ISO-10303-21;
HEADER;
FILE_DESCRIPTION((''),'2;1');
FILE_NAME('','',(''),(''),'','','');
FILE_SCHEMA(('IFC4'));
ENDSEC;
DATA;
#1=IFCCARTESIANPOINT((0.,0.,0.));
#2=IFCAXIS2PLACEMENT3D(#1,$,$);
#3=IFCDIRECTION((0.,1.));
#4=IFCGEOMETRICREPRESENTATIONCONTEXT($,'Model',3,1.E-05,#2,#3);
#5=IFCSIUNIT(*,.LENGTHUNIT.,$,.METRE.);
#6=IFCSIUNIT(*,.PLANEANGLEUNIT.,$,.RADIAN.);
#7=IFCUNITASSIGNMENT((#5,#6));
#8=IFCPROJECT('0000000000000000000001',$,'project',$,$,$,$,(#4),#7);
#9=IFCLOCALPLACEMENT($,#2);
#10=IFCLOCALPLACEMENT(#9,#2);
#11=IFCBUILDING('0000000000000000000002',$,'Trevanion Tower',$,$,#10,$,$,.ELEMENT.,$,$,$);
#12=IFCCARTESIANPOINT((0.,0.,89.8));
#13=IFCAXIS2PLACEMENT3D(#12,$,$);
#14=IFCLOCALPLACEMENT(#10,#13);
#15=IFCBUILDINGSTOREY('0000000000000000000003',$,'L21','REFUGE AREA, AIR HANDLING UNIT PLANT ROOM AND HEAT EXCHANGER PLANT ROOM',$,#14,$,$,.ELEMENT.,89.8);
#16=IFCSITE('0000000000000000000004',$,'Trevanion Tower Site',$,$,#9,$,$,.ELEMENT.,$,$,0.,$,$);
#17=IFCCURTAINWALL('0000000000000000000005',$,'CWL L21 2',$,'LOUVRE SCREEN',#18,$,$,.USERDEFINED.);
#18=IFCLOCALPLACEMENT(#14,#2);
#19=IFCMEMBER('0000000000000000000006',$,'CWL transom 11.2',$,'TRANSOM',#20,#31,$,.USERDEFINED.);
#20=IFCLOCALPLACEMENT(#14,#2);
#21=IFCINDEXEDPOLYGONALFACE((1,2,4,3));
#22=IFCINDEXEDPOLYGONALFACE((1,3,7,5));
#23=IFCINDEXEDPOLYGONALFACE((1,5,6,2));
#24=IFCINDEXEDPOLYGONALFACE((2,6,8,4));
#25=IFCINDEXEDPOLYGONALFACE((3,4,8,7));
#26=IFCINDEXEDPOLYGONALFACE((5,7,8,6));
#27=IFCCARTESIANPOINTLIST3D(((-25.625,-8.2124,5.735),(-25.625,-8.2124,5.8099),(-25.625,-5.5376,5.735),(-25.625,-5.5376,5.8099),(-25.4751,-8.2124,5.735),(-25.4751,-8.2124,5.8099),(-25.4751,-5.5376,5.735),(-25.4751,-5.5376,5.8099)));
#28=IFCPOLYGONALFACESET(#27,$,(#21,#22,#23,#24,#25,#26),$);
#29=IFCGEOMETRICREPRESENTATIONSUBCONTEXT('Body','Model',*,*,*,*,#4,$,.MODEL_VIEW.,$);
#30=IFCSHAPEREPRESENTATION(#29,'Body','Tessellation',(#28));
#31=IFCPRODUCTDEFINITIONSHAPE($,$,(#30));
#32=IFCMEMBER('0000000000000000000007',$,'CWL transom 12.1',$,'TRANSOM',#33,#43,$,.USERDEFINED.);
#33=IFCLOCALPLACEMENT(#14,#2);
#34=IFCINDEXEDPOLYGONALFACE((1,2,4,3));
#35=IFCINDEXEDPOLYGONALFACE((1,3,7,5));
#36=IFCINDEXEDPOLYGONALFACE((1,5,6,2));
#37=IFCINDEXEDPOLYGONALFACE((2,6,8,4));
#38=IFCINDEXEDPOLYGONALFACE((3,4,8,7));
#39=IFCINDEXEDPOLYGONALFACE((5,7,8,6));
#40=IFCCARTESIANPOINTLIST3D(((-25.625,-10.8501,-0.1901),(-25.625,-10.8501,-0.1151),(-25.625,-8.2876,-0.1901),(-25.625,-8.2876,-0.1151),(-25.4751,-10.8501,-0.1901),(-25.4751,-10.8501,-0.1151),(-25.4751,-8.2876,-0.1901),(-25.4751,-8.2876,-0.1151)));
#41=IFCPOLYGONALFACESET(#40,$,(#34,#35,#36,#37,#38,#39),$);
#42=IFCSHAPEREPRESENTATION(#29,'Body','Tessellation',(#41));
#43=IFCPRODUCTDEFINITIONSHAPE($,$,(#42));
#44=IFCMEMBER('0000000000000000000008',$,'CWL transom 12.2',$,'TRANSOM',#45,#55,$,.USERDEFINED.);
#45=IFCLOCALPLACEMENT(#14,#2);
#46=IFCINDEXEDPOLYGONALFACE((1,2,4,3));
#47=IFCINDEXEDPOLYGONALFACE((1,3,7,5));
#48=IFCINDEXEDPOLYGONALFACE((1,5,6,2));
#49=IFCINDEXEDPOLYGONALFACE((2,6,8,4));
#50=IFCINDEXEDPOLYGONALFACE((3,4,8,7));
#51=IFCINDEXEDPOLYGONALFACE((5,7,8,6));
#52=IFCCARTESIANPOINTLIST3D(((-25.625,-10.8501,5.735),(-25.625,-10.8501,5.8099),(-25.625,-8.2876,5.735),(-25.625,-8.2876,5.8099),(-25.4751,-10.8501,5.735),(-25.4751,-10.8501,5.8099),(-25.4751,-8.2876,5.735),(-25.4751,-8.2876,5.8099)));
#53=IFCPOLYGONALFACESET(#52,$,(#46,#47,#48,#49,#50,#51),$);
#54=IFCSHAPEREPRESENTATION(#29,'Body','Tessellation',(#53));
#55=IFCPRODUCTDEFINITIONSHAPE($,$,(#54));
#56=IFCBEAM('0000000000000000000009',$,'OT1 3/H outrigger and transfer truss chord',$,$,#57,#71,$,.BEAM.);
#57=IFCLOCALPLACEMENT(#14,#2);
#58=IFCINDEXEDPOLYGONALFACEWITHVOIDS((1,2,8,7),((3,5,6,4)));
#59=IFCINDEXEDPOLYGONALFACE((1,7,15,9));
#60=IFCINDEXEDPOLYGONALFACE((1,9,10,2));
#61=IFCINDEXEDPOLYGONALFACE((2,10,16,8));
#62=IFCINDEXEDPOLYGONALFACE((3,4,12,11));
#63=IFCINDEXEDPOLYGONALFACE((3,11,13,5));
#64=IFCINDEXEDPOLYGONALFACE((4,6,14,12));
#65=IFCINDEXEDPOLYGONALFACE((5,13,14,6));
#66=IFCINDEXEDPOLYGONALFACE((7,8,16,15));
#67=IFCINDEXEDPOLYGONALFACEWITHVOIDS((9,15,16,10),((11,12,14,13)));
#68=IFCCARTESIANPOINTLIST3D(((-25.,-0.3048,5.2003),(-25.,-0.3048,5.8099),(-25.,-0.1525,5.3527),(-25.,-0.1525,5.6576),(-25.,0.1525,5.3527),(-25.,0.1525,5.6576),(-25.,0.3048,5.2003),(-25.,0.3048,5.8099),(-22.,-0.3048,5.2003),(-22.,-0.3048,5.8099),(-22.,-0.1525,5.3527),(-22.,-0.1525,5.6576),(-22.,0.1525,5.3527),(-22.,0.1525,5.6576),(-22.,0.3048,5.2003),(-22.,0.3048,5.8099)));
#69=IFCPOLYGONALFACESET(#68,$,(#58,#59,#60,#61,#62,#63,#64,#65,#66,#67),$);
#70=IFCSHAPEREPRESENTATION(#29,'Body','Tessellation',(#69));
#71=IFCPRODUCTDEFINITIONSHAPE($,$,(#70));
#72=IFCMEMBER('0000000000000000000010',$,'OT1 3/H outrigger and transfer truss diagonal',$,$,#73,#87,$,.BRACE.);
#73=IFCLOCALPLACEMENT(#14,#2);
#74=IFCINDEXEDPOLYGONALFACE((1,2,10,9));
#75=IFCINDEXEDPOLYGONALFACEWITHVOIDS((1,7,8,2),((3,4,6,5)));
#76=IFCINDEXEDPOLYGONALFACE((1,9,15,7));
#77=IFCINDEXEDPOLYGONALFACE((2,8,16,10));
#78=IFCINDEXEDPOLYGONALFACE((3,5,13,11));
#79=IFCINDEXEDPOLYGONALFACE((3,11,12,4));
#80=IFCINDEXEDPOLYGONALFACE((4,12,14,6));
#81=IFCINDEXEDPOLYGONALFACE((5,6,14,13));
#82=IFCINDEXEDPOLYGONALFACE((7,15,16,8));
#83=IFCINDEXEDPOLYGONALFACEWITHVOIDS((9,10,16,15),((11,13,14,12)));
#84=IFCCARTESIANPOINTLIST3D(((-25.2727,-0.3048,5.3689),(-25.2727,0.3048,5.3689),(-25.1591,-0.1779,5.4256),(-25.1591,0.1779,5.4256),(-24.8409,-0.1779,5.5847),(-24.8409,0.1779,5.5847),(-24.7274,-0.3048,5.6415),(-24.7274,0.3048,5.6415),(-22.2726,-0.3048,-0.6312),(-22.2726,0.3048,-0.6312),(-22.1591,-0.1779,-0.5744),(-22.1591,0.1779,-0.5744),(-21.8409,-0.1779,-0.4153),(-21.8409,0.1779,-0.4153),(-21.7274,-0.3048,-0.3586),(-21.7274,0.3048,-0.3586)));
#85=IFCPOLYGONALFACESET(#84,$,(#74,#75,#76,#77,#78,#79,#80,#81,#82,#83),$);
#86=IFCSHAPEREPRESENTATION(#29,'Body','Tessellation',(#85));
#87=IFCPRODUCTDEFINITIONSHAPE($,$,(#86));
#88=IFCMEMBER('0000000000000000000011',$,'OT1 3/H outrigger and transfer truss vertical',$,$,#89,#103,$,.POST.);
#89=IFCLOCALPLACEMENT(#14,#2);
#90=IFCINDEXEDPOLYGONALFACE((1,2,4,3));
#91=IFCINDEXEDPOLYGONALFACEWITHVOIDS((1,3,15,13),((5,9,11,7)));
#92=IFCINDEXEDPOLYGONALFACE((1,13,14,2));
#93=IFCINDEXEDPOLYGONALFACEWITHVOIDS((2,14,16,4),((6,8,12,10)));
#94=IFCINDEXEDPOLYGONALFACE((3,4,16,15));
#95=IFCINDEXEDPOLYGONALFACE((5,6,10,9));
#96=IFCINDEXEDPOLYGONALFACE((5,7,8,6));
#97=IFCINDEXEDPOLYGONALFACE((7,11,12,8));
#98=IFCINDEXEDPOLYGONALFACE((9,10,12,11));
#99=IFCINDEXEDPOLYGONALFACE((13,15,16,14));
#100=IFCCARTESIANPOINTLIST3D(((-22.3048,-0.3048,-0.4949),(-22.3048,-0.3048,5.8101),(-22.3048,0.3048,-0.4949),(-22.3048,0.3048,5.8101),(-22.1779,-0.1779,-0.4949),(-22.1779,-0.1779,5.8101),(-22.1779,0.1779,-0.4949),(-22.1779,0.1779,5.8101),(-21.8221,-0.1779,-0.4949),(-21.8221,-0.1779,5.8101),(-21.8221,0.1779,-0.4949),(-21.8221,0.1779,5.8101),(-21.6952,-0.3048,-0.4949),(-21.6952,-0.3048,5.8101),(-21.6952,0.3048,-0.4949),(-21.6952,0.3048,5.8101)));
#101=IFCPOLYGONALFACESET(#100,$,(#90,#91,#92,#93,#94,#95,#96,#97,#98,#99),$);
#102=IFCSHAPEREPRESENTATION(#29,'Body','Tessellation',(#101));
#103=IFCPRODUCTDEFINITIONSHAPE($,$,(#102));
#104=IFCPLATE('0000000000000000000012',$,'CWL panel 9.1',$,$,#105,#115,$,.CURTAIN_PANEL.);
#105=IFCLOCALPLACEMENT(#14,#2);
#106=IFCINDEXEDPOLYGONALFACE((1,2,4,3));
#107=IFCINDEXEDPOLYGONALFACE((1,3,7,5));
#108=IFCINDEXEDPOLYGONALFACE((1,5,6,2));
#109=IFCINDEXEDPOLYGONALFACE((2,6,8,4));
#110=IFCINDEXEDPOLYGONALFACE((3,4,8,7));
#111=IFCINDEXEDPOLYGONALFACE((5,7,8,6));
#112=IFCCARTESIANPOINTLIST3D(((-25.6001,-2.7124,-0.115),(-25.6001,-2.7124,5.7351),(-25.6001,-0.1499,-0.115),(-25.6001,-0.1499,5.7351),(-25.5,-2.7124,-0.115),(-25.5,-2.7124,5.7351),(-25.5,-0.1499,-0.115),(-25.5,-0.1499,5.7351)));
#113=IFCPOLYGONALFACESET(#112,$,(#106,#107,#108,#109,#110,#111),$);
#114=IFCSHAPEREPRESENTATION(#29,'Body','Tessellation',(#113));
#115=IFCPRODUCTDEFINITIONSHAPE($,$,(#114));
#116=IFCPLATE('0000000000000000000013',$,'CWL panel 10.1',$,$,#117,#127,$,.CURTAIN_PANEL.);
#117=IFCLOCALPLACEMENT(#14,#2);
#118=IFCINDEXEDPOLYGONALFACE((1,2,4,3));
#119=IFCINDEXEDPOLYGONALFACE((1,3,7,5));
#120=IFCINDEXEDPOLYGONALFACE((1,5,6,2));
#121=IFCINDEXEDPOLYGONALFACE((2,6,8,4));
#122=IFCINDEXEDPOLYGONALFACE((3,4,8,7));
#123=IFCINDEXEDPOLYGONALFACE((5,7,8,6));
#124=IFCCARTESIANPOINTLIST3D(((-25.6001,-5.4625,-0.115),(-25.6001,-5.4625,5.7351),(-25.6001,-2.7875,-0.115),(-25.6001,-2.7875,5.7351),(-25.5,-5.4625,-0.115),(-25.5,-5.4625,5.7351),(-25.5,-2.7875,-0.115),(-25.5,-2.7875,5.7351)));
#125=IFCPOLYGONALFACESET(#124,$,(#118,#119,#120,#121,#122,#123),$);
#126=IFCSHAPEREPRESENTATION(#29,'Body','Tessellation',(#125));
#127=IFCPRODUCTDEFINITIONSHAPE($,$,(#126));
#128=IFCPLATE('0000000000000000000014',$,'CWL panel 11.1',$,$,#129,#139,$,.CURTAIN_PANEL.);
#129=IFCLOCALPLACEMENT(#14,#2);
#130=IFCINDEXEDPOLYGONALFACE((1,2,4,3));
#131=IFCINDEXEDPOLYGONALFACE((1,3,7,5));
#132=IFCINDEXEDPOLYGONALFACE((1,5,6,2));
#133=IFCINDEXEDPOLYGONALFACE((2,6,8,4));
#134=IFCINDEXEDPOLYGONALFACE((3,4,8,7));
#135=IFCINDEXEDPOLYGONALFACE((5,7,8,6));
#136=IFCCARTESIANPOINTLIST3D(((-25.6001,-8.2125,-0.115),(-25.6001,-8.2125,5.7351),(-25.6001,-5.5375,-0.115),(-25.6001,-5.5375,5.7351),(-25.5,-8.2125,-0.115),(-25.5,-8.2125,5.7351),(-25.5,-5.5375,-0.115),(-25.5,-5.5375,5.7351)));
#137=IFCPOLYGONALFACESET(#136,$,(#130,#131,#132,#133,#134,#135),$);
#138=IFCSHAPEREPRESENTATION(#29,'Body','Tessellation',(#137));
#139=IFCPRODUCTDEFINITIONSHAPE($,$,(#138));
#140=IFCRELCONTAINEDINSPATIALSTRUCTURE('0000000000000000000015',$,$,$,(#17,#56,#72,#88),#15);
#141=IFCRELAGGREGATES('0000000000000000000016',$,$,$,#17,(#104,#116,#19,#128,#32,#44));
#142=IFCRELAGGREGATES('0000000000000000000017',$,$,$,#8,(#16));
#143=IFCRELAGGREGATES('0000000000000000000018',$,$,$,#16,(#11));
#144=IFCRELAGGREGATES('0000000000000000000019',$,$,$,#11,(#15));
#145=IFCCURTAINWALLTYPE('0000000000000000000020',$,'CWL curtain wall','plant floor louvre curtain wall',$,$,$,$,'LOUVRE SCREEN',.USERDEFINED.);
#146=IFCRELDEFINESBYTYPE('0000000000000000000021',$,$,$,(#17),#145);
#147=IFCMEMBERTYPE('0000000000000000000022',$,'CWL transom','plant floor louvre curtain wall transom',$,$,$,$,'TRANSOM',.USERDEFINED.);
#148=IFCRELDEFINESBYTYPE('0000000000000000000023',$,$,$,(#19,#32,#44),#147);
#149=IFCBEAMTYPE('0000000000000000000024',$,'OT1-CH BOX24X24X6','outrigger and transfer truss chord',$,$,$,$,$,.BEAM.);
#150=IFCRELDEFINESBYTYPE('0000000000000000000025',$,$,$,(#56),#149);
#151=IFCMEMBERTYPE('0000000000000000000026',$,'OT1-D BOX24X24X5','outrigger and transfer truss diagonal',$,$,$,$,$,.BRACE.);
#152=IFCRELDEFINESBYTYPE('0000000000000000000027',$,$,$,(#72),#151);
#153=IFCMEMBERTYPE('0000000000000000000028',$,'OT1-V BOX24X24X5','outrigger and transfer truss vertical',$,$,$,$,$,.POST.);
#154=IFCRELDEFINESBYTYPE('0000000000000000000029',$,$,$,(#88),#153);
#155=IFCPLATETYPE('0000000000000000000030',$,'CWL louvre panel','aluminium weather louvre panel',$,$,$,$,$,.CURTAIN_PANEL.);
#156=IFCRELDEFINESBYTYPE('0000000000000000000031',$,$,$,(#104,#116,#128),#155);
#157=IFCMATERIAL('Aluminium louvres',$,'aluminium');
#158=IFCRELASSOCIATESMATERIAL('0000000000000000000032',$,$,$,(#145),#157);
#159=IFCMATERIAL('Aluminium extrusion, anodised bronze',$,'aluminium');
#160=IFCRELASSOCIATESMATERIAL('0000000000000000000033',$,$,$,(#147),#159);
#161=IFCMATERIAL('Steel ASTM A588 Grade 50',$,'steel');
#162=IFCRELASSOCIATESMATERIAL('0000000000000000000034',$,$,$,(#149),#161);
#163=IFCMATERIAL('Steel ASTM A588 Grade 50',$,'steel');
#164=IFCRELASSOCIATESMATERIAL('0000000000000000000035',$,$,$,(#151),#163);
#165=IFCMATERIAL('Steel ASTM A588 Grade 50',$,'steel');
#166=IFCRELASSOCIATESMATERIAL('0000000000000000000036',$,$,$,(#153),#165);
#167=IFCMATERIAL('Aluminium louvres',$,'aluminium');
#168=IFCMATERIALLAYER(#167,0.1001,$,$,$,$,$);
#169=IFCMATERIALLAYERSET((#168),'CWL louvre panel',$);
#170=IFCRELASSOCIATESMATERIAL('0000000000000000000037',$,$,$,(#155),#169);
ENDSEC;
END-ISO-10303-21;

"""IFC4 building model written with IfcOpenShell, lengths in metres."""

from ifc_helpers import new_model, si_unit, direction, frame, origin, origin_2d, place, context, subcontext, project, spatial, rectangle, hollow_rectangle, extrude, material, layer, layer_set, material_profile, profile_set, type_object, element, aggregate, save


model = new_model("IFC4")

# Units and contexts
model_context = context("Model", 3, precision=1e-05, world=origin(), true_north=direction((0.0, 1.0)))
body_context = subcontext(model_context, "Body", "Model", "MODEL_VIEW")
ifc_project = project(units=[si_unit("LENGTHUNIT", "METRE"), si_unit("PLANEANGLEUNIT", "RADIAN")], contexts=[model_context])

# Site, building, storey
site_placement = place(None, origin())
site = spatial("IfcSite", under=ifc_project, at=site_placement, Name="Trevanion Tower Site", CompositionType="ELEMENT", RefElevation=0.0)
building_placement = place(site_placement, origin())
building = spatial("IfcBuilding", under=site, at=building_placement, Name="Trevanion Tower", CompositionType="ELEMENT")
storey_placement = place(building_placement, frame((0.0, 0.0, 89.8)))
storey = spatial("IfcBuildingStorey", under=building, at=storey_placement, Name="L21", Description="REFUGE AREA, AIR HANDLING UNIT PLANT ROOM AND HEAT EXCHANGER PLANT ROOM", CompositionType="ELEMENT", Elevation=89.8)

# Curtain wall, members
ifc_material_1 = material(Name="Aluminium louvres", Category="aluminium")
curtain_wall_type = type_object("IfcCurtainWallType", Name="CWL curtain wall", Description="plant floor louvre curtain wall", ElementType="LOUVRE SCREEN", PredefinedType="USERDEFINED", material=ifc_material_1)
curtain_wall_placement = place(storey_placement, origin())
curtain_wall = element("IfcCurtainWall", 1, at=curtain_wall_placement, inside=storey, type_object=curtain_wall_type, Name="CWL L21 2", ObjectType="LOUVRE SCREEN", PredefinedType="USERDEFINED")
ifc_material_2 = material(Name="Aluminium extrusion, anodised bronze", Category="aluminium")
ifc_material_profile_1 = material_profile(ifc_material_2, rectangle(XDim=0.1499, YDim=0.075, at=origin_2d()), Name="CWL transom")
ifc_profile_set_1 = profile_set([ifc_material_profile_1], Name="Aluminium extrusion, anodised bronze")
member_type_1 = type_object("IfcMemberType", Name="CWL transom", Description="plant floor louvre curtain wall transom", ElementType="TRANSOM", PredefinedType="USERDEFINED", material=ifc_profile_set_1)
member_1_placement = place(storey_placement, frame((-25.55, -5.5376, 5.7725), z_axis=(0.0, -1.0, 0.0), x_axis=(1.0, 0.0, 0.0)))
member_1 = element("IfcMember", 2, at=member_1_placement, type_object=member_type_1, Name="CWL transom 11.2", ObjectType="TRANSOM", PredefinedType="USERDEFINED", context=body_context, shape_type="SweptSolid", body=[
    extrude(rectangle(XDim=0.1499, YDim=0.075, at=origin_2d()), origin(), (0.0, 0.0, 1.0), 2.6748),
])
member_2_placement = place(storey_placement, frame((-25.55, -8.2876, -0.1526), z_axis=(0.0, -1.0, 0.0), x_axis=(1.0, 0.0, 0.0)))
member_2 = element("IfcMember", 3, at=member_2_placement, type_object=member_type_1, Name="CWL transom 12.1", ObjectType="TRANSOM", PredefinedType="USERDEFINED", context=body_context, shape_type="SweptSolid", body=[
    extrude(rectangle(XDim=0.1499, YDim=0.075, at=origin_2d()), origin(), (0.0, 0.0, 1.0), 2.5625),
])
member_3_placement = place(storey_placement, frame((-25.55, -8.2876, 5.7725), z_axis=(0.0, -1.0, 0.0), x_axis=(1.0, 0.0, 0.0)))
member_3 = element("IfcMember", 4, at=member_3_placement, type_object=member_type_1, Name="CWL transom 12.2", ObjectType="TRANSOM", PredefinedType="USERDEFINED", context=body_context, shape_type="SweptSolid", body=[
    extrude(rectangle(XDim=0.1499, YDim=0.075, at=origin_2d()), origin(), (0.0, 0.0, 1.0), 2.5625),
])

# Beam
ifc_material_3 = material(Name="Steel ASTM A588 Grade 50", Category="steel")
ifc_material_profile_2 = material_profile(ifc_material_3, hollow_rectangle(XDim=0.6096, YDim=0.6096, WallThickness=0.1523, at=origin_2d()), Name="BOX24X24X6")
ifc_profile_set_2 = profile_set([ifc_material_profile_2], Name="Steel ASTM A588 Grade 50")
beam_type_1 = type_object("IfcBeamType", Name="OT1-CH BOX24X24X6", Description="outrigger and transfer truss chord", PredefinedType="BEAM", material=ifc_profile_set_2)
beam_placement = place(storey_placement, frame((-22.0, 0.0, 5.5051), z_axis=(-1.0, 0.0, 0.0), x_axis=(0.0, -1.0, 0.0)))
element("IfcBeam", 5, at=beam_placement, inside=storey, type_object=beam_type_1, Name="OT1 3/H outrigger and transfer truss chord", PredefinedType="BEAM", context=body_context, shape_type="SweptSolid", body=[
    extrude(hollow_rectangle(XDim=0.6096, YDim=0.6096, WallThickness=0.1523, at=origin_2d()), origin(), (0.0, 0.0, 1.0), 3.0),
])

# Members
ifc_material_4 = material(Name="Steel ASTM A588 Grade 50", Category="steel")
ifc_material_profile_3 = material_profile(ifc_material_4, hollow_rectangle(XDim=0.6096, YDim=0.6096, WallThickness=0.127, at=origin_2d()), Name="BOX24X24X5")
ifc_profile_set_3 = profile_set([ifc_material_profile_3], Name="Steel ASTM A588 Grade 50")
member_type_2 = type_object("IfcMemberType", Name="OT1-D BOX24X24X5", Description="outrigger and transfer truss diagonal", PredefinedType="BRACE", material=ifc_profile_set_3)
member_4_placement = place(storey_placement, frame((-22.0, 0.0, -0.4949), z_axis=(-0.447214, 0.0, 0.894427), x_axis=(0.0, -1.0, 0.0)))
element("IfcMember", 6, at=member_4_placement, inside=storey, type_object=member_type_2, Name="OT1 3/H outrigger and transfer truss diagonal", PredefinedType="BRACE", context=body_context, shape_type="SweptSolid", body=[
    extrude(hollow_rectangle(XDim=0.6096, YDim=0.6096, WallThickness=0.127, at=origin_2d()), origin(), (0.0, 0.0, 1.0), 6.7083),
])
ifc_material_5 = material(Name="Steel ASTM A588 Grade 50", Category="steel")
ifc_material_profile_4 = material_profile(ifc_material_5, hollow_rectangle(XDim=0.6096, YDim=0.6096, WallThickness=0.127, at=origin_2d()), Name="BOX24X24X5")
ifc_profile_set_4 = profile_set([ifc_material_profile_4], Name="Steel ASTM A588 Grade 50")
member_type_3 = type_object("IfcMemberType", Name="OT1-V BOX24X24X5", Description="outrigger and transfer truss vertical", PredefinedType="POST", material=ifc_profile_set_4)
member_5_placement = place(storey_placement, frame((-22.0, 0.0, -0.4949), z_axis=(0.0, 0.0, 1.0), x_axis=(1.0, 0.0, 0.0)))
element("IfcMember", 7, at=member_5_placement, inside=storey, type_object=member_type_3, Name="OT1 3/H outrigger and transfer truss vertical", PredefinedType="POST", context=body_context, shape_type="SweptSolid", body=[
    extrude(hollow_rectangle(XDim=0.6096, YDim=0.6096, WallThickness=0.127, at=origin_2d()), origin(), (0.0, 0.0, 1.0), 6.3049),
])

# Plates
ifc_material_6 = material(Name="Aluminium louvres", Category="aluminium")
ifc_layer = layer(ifc_material_6, 0.1001)
ifc_layer_set = layer_set([ifc_layer], Name="CWL louvre panel")
plate_type = type_object("IfcPlateType", Name="CWL louvre panel", Description="aluminium weather louvre panel", PredefinedType="CURTAIN_PANEL", material=ifc_layer_set)
plate_1_placement = place(storey_placement, frame((-25.55, -1.4312, -0.115), z_axis=(0.0, 0.0, 1.0), x_axis=(0.0, -1.0, 0.0)))
plate_1 = element("IfcPlate", 8, at=plate_1_placement, type_object=plate_type, Name="CWL panel 9.1", PredefinedType="CURTAIN_PANEL", context=body_context, shape_type="SweptSolid", body=[
    extrude(rectangle(XDim=2.5625, YDim=0.1001, at=origin_2d()), origin(), (0.0, 0.0, 1.0), 5.8501),
])
plate_2_placement = place(storey_placement, frame((-25.55, -4.125, -0.115), z_axis=(0.0, 0.0, 1.0), x_axis=(0.0, -1.0, 0.0)))
plate_2 = element("IfcPlate", 9, at=plate_2_placement, type_object=plate_type, Name="CWL panel 10.1", PredefinedType="CURTAIN_PANEL", context=body_context, shape_type="SweptSolid", body=[
    extrude(rectangle(XDim=2.675, YDim=0.1001, at=origin_2d()), origin(), (0.0, 0.0, 1.0), 5.8501),
])
plate_3_placement = place(storey_placement, frame((-25.55, -6.875, -0.115), z_axis=(0.0, 0.0, 1.0), x_axis=(0.0, -1.0, 0.0)))
plate_3 = element("IfcPlate", 10, at=plate_3_placement, type_object=plate_type, Name="CWL panel 11.1", PredefinedType="CURTAIN_PANEL", context=body_context, shape_type="SweptSolid", body=[
    extrude(rectangle(XDim=2.675, YDim=0.1001, at=origin_2d()), origin(), (0.0, 0.0, 1.0), 5.8501),
])
aggregate(curtain_wall, [plate_1, plate_2, member_1, plate_3, member_2, member_3])

save(model, "model.ifc")
